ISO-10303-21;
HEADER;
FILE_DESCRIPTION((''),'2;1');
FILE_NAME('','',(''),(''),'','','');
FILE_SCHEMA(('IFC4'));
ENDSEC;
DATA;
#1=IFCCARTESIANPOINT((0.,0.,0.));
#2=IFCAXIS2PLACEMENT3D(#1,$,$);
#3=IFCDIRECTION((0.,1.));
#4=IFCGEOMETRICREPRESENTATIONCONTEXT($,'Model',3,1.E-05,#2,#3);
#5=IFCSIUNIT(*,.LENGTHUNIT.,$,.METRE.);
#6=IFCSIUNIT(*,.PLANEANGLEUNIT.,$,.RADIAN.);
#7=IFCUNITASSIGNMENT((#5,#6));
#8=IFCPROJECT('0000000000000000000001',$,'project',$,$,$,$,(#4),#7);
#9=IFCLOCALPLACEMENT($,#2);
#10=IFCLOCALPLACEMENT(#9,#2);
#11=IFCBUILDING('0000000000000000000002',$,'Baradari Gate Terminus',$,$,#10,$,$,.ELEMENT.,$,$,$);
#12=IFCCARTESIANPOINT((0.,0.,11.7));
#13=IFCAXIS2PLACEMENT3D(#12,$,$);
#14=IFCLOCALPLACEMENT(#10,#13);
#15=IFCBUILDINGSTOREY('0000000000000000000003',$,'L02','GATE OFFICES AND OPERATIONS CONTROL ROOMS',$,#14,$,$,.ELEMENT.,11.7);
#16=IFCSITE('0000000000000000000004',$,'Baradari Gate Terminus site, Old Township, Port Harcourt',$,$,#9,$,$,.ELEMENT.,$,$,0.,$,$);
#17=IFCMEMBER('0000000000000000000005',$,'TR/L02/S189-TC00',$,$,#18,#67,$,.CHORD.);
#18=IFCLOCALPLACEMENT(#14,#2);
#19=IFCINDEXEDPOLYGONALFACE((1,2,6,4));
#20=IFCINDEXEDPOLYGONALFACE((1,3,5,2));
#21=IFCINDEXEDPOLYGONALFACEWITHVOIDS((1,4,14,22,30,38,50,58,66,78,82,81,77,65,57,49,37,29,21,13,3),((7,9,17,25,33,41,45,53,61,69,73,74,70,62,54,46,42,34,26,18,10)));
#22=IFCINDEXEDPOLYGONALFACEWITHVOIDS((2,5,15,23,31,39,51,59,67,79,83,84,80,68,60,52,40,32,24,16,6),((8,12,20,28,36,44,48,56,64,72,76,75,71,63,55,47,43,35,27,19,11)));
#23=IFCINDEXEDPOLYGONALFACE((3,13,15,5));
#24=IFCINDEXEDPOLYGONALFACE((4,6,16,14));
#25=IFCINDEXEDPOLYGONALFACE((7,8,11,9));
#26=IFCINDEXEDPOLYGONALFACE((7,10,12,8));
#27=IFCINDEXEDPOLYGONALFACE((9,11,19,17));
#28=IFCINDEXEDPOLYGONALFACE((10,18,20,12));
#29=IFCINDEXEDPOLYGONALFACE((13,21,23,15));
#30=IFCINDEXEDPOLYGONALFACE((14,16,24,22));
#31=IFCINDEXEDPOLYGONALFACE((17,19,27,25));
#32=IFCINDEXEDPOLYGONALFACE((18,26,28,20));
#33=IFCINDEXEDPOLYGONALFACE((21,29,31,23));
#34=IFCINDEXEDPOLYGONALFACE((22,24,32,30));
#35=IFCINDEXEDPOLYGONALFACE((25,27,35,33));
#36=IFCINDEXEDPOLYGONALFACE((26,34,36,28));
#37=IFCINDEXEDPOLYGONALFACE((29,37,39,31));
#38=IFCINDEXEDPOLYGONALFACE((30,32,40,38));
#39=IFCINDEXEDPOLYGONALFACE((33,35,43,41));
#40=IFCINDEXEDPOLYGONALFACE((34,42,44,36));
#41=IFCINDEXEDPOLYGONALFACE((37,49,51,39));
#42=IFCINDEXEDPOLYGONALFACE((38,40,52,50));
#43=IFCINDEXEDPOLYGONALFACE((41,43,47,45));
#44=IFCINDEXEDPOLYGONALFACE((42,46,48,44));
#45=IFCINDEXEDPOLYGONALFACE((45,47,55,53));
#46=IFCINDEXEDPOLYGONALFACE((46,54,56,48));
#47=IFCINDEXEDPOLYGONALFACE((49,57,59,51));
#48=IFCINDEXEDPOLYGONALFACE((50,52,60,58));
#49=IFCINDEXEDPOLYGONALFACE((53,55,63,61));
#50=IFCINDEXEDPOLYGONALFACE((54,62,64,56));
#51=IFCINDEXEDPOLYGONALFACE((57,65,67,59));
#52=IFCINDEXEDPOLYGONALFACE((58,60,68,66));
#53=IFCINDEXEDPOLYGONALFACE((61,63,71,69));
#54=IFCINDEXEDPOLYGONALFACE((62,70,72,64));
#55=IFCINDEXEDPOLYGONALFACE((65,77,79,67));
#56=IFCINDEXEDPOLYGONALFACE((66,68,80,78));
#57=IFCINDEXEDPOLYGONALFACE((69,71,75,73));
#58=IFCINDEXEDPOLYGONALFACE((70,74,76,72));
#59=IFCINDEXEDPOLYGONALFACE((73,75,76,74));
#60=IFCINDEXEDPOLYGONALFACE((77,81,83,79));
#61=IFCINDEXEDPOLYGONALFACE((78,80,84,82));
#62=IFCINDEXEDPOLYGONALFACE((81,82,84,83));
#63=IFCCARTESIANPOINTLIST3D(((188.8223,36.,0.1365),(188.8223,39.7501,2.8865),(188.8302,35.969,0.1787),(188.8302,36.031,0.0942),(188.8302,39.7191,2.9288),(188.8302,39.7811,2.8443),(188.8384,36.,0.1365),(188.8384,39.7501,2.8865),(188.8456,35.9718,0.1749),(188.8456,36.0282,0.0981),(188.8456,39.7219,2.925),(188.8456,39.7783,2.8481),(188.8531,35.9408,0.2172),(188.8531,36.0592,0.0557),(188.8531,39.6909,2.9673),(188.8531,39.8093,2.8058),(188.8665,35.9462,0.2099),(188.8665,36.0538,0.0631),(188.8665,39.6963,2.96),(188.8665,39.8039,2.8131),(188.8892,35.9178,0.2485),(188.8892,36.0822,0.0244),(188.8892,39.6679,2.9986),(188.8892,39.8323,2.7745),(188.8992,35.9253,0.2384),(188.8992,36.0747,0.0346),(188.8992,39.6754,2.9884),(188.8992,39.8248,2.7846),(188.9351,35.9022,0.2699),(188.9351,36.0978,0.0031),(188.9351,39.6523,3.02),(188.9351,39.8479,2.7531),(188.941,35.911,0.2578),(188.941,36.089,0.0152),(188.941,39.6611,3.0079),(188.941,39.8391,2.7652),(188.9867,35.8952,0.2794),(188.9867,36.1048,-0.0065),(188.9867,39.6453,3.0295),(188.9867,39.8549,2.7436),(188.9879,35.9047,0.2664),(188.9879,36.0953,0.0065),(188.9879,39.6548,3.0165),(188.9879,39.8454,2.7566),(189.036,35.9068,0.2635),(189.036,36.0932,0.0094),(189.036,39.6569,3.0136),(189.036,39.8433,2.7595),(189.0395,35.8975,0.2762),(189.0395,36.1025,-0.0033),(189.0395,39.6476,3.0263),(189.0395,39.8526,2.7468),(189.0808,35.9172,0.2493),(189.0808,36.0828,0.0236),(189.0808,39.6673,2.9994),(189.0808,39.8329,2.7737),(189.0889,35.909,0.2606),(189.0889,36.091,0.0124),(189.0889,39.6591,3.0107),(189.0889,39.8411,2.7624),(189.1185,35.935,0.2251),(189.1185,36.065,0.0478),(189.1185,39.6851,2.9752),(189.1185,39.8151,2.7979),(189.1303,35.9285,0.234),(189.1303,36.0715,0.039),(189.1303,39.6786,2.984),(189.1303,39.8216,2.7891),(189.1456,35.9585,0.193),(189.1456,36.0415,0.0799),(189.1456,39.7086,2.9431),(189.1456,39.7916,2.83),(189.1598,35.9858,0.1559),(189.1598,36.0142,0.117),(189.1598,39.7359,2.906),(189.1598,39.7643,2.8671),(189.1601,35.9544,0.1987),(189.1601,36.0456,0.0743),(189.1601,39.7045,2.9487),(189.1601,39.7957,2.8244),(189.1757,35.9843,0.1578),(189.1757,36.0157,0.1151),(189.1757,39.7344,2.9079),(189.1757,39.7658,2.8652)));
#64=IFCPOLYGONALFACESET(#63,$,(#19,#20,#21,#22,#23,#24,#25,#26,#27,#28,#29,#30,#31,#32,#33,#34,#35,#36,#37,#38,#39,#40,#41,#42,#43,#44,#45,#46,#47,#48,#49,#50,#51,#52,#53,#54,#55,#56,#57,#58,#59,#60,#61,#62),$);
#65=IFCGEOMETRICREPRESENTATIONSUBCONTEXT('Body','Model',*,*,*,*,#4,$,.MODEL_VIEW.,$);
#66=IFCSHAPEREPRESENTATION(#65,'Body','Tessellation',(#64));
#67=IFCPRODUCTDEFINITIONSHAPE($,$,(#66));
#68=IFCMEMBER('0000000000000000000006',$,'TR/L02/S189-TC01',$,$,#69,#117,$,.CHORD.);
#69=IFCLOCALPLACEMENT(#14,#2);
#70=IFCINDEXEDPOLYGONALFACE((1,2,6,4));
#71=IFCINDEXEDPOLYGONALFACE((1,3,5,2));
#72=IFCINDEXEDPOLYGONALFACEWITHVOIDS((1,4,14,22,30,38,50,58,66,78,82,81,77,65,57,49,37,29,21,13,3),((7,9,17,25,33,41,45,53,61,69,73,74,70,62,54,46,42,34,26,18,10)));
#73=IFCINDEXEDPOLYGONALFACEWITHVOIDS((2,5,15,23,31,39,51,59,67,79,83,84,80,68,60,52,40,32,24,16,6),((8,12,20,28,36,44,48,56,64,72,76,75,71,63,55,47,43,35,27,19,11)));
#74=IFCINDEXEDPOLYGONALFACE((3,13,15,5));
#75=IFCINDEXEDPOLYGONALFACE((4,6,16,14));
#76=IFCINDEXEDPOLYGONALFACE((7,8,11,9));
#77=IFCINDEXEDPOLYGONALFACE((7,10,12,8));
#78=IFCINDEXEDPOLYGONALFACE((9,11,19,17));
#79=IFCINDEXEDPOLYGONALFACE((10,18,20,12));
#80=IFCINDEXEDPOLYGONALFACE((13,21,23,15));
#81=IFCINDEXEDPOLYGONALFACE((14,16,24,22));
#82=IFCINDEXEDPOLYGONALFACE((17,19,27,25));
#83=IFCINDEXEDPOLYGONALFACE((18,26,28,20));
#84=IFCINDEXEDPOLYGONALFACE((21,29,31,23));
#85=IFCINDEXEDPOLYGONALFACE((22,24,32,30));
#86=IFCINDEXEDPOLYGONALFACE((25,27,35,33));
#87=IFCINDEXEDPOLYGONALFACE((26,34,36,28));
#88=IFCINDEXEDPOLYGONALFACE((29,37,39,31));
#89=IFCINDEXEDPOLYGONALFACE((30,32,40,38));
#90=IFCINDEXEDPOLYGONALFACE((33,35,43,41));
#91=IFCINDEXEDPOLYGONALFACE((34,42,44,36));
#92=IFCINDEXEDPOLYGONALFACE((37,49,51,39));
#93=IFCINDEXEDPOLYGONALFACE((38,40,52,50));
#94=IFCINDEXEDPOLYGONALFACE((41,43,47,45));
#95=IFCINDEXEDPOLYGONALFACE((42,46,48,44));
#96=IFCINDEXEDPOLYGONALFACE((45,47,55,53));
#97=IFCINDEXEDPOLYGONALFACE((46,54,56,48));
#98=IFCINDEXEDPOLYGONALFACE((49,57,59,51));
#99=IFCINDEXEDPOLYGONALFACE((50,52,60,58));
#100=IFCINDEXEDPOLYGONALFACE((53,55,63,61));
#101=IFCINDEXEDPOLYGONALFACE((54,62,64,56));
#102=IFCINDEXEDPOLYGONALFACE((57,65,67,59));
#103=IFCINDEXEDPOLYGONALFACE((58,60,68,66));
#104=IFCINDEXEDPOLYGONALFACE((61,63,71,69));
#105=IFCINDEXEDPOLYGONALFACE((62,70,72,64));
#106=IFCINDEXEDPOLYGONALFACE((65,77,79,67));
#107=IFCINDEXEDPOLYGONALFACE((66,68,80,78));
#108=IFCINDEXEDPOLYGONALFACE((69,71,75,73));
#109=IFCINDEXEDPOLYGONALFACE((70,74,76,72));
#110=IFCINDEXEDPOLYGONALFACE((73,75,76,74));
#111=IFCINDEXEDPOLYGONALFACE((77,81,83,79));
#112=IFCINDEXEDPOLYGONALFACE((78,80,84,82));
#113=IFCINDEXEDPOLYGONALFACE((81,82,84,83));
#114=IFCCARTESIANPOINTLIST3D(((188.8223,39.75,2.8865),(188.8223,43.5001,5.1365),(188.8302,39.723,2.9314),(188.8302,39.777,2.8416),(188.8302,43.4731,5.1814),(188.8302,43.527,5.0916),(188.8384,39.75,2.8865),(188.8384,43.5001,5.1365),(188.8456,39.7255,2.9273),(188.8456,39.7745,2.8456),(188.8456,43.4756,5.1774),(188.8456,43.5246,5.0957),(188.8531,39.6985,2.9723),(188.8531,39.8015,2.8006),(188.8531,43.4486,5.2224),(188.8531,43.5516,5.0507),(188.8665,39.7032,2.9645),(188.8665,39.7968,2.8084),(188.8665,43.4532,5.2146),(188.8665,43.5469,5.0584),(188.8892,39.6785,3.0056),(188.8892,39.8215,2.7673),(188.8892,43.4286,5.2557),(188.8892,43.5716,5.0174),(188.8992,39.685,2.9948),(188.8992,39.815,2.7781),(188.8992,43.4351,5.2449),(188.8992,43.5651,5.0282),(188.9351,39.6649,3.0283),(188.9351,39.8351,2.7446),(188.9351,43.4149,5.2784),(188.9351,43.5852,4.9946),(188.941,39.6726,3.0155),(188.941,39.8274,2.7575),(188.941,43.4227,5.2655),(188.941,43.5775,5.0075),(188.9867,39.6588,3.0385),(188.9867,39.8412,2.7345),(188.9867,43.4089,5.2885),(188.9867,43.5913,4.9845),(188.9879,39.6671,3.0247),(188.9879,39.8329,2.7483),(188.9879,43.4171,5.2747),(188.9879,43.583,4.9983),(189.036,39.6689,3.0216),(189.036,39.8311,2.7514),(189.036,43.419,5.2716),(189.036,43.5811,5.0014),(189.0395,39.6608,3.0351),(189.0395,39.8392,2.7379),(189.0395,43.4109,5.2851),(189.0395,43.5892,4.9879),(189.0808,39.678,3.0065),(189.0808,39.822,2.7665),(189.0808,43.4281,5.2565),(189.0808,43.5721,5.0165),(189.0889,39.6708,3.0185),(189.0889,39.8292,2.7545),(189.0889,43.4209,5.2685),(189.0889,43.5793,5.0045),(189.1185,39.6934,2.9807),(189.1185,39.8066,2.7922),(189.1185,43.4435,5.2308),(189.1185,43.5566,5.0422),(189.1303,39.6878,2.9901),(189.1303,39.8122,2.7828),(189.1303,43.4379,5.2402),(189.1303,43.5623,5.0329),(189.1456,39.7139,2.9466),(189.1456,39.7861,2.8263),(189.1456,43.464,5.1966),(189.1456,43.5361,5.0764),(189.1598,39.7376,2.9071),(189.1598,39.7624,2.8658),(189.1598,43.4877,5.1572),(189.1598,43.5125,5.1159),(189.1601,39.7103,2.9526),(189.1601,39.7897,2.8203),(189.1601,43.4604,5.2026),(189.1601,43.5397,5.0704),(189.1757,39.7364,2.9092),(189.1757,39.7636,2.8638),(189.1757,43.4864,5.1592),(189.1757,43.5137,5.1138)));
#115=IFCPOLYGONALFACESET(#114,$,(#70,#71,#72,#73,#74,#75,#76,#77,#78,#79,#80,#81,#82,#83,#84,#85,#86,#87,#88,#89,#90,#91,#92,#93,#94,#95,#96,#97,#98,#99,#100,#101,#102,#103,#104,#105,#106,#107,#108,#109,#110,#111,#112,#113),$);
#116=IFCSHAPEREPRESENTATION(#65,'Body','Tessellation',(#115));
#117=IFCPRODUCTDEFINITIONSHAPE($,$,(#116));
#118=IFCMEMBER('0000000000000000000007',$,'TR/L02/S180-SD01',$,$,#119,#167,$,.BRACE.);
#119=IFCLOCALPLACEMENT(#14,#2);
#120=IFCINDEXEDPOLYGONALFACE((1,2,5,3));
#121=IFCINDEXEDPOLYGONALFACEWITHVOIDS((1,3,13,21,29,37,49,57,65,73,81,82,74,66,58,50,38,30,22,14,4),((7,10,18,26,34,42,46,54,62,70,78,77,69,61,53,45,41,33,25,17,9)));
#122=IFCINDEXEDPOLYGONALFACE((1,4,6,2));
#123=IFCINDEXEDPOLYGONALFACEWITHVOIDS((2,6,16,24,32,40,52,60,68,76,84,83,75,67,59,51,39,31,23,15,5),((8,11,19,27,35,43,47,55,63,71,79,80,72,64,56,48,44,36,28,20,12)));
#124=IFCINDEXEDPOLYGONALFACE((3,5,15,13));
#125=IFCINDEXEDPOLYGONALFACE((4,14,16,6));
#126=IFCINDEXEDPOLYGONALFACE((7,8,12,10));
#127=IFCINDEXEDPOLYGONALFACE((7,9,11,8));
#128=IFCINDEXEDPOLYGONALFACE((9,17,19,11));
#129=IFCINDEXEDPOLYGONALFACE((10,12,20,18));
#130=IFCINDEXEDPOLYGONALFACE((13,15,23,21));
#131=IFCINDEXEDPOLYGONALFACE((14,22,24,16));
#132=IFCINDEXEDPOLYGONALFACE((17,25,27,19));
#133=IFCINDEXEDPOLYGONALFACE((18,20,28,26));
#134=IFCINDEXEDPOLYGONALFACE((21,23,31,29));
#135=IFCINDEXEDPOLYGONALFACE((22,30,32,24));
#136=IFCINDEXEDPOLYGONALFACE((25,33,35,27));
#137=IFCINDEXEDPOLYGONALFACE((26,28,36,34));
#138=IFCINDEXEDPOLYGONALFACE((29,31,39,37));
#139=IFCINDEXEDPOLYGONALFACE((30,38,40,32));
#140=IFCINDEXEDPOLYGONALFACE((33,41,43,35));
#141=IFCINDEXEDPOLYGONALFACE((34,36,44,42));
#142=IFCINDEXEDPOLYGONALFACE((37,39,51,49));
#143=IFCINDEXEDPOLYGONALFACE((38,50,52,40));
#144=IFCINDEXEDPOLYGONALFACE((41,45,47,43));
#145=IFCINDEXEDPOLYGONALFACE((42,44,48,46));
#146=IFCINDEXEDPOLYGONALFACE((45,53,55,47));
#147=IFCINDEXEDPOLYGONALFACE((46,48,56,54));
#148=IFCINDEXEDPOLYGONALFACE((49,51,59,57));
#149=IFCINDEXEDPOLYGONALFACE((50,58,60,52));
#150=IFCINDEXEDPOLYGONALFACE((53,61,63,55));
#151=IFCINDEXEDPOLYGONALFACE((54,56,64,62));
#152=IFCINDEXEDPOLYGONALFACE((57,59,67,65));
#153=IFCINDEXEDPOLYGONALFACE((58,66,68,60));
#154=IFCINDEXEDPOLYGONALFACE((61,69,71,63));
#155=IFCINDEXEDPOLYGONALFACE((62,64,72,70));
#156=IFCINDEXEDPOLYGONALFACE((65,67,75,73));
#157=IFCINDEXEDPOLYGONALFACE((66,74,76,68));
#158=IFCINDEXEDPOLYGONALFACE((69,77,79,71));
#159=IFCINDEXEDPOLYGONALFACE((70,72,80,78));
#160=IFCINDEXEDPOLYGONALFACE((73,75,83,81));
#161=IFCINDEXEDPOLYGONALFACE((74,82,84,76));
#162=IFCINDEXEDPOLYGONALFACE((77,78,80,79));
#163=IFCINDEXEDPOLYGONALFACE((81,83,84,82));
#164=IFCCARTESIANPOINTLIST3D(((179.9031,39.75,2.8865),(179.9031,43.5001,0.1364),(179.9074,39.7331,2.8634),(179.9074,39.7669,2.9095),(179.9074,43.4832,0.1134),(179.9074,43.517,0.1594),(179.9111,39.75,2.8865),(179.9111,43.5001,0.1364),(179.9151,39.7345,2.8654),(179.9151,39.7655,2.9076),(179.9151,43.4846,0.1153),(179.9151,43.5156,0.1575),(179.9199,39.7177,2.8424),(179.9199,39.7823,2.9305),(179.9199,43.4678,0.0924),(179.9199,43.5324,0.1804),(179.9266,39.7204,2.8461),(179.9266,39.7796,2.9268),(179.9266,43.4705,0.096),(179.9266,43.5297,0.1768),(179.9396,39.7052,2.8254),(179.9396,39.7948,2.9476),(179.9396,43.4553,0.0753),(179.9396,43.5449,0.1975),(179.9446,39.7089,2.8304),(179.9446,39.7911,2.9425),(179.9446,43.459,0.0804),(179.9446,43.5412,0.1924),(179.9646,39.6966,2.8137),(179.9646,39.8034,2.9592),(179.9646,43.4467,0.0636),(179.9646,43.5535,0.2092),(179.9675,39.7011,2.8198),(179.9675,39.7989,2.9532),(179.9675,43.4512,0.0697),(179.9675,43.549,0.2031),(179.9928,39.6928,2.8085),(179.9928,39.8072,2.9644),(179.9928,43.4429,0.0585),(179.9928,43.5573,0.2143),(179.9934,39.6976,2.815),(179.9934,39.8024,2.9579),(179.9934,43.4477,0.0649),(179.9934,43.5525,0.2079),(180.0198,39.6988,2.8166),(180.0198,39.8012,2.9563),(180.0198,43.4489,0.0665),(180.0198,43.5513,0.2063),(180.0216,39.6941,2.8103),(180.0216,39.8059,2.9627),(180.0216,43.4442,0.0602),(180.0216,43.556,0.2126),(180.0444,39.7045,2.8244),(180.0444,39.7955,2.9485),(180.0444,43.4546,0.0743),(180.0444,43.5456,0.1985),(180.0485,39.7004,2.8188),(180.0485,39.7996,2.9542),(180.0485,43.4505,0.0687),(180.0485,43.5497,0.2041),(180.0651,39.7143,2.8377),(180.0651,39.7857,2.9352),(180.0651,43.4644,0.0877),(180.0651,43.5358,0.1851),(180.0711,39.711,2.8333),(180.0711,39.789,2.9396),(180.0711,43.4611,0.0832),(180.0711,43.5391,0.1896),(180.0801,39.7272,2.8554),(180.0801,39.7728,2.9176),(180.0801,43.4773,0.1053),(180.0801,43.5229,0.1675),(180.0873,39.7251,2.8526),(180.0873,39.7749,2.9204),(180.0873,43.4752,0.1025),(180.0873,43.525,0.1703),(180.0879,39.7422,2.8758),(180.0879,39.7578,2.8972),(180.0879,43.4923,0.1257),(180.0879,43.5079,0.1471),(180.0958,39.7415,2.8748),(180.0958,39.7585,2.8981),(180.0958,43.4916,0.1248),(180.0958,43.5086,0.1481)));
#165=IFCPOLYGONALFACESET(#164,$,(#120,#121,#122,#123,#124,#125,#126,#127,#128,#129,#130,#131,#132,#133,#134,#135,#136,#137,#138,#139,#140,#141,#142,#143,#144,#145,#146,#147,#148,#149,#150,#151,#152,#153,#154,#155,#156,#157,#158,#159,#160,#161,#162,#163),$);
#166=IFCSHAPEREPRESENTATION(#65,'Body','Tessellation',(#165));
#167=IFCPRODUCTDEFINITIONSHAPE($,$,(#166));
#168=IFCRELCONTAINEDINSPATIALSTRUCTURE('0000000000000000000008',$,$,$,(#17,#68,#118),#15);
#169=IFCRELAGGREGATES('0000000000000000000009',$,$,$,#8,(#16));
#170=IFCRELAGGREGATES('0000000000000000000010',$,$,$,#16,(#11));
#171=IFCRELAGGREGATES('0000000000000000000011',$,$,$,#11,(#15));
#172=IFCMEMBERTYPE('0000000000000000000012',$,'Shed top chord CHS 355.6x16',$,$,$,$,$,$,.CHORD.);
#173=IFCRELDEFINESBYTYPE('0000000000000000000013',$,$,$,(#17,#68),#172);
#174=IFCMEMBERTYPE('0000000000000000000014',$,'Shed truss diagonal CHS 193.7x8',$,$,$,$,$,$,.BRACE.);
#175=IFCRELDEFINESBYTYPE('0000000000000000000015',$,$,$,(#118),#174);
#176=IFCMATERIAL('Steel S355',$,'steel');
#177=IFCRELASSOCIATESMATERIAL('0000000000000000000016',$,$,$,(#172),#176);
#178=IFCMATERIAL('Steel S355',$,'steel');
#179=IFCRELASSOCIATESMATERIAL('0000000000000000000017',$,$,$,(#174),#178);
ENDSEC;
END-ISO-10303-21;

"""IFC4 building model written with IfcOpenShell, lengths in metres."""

from ifc_helpers import new_model, si_unit, direction, frame, origin, origin_2d, place, context, subcontext, project, spatial, hollow_circle, extrude, material, material_profile, profile_set, type_object, element, save


model = new_model("IFC4")

# Units and contexts
model_context = context("Model", 3, precision=1e-05, world=origin(), true_north=direction((0.0, 1.0)))
body_context = subcontext(model_context, "Body", "Model", "MODEL_VIEW")
ifc_project = project(units=[si_unit("LENGTHUNIT", "METRE"), si_unit("PLANEANGLEUNIT", "RADIAN")], contexts=[model_context])

# Site, building, storey
site_placement = place(None, origin())
site = spatial("IfcSite", under=ifc_project, at=site_placement, Name="Baradari Gate Terminus site, Old Township, Port Harcourt", CompositionType="ELEMENT", RefElevation=0.0)
building_placement = place(site_placement, origin())
building = spatial("IfcBuilding", under=site, at=building_placement, Name="Baradari Gate Terminus", CompositionType="ELEMENT")
storey_placement = place(building_placement, frame((0.0, 0.0, 11.7)))
storey = spatial("IfcBuildingStorey", under=building, at=storey_placement, Name="L02", Description="GATE OFFICES AND OPERATIONS CONTROL ROOMS", CompositionType="ELEMENT", Elevation=11.7)

# Members
ifc_material_1 = material(Name="Steel S355", Category="steel")
ifc_material_profile_1 = material_profile(ifc_material_1, hollow_circle(Radius=0.1777, WallThickness=0.0161, at=origin_2d()), Name="CHS 355.6x16")
ifc_profile_set_1 = profile_set([ifc_material_profile_1], Name="Steel S355")
member_type_1 = type_object("IfcMemberType", Name="Shed top chord CHS 355.6x16", PredefinedType="CHORD", material=ifc_profile_set_1)
member_1_placement = place(storey_placement, frame((189.0, 36.0, 0.1365), z_axis=(0.0, 0.806405, 0.591364), x_axis=(-1.0, 0.0, 0.0)))
element("IfcMember", 1, at=member_1_placement, inside=storey, type_object=member_type_1, Name="TR/L02/S189-TC00", PredefinedType="CHORD", context=body_context, shape_type="SweptSolid", body=[
    extrude(hollow_circle(Radius=0.1777, WallThickness=0.0161, at=origin_2d()), origin(), (0.0, 0.0, 1.0), 4.6504),
])
member_2_placement = place(storey_placement, frame((189.0, 39.75, 2.8865), z_axis=(0.0, 0.857493, 0.514496), x_axis=(-1.0, 0.0, 0.0)))
element("IfcMember", 2, at=member_2_placement, inside=storey, type_object=member_type_1, Name="TR/L02/S189-TC01", PredefinedType="CHORD", context=body_context, shape_type="SweptSolid", body=[
    extrude(hollow_circle(Radius=0.1777, WallThickness=0.0161, at=origin_2d()), origin(), (0.0, 0.0, 1.0), 4.3733),
])
ifc_material_2 = material(Name="Steel S355", Category="steel")
ifc_material_profile_2 = material_profile(ifc_material_2, hollow_circle(Radius=0.0969, WallThickness=0.0081, at=origin_2d()), Name="CHS 193.7x8")
ifc_profile_set_2 = profile_set([ifc_material_profile_2], Name="Steel S355")
member_type_2 = type_object("IfcMemberType", Name="Shed truss diagonal CHS 193.7x8", PredefinedType="BRACE", material=ifc_profile_set_2)
member_3_placement = place(storey_placement, frame((180.0, 39.75, 2.8865), z_axis=(0.0, 0.806405, -0.591364), x_axis=(-1.0, 0.0, 0.0)))
element("IfcMember", 3, at=member_3_placement, inside=storey, type_object=member_type_2, Name="TR/L02/S180-SD01", PredefinedType="BRACE", context=body_context, shape_type="SweptSolid", body=[
    extrude(hollow_circle(Radius=0.0969, WallThickness=0.0081, at=origin_2d()), origin(), (0.0, 0.0, 1.0), 4.6504),
])

save(model, "model.ifc")
